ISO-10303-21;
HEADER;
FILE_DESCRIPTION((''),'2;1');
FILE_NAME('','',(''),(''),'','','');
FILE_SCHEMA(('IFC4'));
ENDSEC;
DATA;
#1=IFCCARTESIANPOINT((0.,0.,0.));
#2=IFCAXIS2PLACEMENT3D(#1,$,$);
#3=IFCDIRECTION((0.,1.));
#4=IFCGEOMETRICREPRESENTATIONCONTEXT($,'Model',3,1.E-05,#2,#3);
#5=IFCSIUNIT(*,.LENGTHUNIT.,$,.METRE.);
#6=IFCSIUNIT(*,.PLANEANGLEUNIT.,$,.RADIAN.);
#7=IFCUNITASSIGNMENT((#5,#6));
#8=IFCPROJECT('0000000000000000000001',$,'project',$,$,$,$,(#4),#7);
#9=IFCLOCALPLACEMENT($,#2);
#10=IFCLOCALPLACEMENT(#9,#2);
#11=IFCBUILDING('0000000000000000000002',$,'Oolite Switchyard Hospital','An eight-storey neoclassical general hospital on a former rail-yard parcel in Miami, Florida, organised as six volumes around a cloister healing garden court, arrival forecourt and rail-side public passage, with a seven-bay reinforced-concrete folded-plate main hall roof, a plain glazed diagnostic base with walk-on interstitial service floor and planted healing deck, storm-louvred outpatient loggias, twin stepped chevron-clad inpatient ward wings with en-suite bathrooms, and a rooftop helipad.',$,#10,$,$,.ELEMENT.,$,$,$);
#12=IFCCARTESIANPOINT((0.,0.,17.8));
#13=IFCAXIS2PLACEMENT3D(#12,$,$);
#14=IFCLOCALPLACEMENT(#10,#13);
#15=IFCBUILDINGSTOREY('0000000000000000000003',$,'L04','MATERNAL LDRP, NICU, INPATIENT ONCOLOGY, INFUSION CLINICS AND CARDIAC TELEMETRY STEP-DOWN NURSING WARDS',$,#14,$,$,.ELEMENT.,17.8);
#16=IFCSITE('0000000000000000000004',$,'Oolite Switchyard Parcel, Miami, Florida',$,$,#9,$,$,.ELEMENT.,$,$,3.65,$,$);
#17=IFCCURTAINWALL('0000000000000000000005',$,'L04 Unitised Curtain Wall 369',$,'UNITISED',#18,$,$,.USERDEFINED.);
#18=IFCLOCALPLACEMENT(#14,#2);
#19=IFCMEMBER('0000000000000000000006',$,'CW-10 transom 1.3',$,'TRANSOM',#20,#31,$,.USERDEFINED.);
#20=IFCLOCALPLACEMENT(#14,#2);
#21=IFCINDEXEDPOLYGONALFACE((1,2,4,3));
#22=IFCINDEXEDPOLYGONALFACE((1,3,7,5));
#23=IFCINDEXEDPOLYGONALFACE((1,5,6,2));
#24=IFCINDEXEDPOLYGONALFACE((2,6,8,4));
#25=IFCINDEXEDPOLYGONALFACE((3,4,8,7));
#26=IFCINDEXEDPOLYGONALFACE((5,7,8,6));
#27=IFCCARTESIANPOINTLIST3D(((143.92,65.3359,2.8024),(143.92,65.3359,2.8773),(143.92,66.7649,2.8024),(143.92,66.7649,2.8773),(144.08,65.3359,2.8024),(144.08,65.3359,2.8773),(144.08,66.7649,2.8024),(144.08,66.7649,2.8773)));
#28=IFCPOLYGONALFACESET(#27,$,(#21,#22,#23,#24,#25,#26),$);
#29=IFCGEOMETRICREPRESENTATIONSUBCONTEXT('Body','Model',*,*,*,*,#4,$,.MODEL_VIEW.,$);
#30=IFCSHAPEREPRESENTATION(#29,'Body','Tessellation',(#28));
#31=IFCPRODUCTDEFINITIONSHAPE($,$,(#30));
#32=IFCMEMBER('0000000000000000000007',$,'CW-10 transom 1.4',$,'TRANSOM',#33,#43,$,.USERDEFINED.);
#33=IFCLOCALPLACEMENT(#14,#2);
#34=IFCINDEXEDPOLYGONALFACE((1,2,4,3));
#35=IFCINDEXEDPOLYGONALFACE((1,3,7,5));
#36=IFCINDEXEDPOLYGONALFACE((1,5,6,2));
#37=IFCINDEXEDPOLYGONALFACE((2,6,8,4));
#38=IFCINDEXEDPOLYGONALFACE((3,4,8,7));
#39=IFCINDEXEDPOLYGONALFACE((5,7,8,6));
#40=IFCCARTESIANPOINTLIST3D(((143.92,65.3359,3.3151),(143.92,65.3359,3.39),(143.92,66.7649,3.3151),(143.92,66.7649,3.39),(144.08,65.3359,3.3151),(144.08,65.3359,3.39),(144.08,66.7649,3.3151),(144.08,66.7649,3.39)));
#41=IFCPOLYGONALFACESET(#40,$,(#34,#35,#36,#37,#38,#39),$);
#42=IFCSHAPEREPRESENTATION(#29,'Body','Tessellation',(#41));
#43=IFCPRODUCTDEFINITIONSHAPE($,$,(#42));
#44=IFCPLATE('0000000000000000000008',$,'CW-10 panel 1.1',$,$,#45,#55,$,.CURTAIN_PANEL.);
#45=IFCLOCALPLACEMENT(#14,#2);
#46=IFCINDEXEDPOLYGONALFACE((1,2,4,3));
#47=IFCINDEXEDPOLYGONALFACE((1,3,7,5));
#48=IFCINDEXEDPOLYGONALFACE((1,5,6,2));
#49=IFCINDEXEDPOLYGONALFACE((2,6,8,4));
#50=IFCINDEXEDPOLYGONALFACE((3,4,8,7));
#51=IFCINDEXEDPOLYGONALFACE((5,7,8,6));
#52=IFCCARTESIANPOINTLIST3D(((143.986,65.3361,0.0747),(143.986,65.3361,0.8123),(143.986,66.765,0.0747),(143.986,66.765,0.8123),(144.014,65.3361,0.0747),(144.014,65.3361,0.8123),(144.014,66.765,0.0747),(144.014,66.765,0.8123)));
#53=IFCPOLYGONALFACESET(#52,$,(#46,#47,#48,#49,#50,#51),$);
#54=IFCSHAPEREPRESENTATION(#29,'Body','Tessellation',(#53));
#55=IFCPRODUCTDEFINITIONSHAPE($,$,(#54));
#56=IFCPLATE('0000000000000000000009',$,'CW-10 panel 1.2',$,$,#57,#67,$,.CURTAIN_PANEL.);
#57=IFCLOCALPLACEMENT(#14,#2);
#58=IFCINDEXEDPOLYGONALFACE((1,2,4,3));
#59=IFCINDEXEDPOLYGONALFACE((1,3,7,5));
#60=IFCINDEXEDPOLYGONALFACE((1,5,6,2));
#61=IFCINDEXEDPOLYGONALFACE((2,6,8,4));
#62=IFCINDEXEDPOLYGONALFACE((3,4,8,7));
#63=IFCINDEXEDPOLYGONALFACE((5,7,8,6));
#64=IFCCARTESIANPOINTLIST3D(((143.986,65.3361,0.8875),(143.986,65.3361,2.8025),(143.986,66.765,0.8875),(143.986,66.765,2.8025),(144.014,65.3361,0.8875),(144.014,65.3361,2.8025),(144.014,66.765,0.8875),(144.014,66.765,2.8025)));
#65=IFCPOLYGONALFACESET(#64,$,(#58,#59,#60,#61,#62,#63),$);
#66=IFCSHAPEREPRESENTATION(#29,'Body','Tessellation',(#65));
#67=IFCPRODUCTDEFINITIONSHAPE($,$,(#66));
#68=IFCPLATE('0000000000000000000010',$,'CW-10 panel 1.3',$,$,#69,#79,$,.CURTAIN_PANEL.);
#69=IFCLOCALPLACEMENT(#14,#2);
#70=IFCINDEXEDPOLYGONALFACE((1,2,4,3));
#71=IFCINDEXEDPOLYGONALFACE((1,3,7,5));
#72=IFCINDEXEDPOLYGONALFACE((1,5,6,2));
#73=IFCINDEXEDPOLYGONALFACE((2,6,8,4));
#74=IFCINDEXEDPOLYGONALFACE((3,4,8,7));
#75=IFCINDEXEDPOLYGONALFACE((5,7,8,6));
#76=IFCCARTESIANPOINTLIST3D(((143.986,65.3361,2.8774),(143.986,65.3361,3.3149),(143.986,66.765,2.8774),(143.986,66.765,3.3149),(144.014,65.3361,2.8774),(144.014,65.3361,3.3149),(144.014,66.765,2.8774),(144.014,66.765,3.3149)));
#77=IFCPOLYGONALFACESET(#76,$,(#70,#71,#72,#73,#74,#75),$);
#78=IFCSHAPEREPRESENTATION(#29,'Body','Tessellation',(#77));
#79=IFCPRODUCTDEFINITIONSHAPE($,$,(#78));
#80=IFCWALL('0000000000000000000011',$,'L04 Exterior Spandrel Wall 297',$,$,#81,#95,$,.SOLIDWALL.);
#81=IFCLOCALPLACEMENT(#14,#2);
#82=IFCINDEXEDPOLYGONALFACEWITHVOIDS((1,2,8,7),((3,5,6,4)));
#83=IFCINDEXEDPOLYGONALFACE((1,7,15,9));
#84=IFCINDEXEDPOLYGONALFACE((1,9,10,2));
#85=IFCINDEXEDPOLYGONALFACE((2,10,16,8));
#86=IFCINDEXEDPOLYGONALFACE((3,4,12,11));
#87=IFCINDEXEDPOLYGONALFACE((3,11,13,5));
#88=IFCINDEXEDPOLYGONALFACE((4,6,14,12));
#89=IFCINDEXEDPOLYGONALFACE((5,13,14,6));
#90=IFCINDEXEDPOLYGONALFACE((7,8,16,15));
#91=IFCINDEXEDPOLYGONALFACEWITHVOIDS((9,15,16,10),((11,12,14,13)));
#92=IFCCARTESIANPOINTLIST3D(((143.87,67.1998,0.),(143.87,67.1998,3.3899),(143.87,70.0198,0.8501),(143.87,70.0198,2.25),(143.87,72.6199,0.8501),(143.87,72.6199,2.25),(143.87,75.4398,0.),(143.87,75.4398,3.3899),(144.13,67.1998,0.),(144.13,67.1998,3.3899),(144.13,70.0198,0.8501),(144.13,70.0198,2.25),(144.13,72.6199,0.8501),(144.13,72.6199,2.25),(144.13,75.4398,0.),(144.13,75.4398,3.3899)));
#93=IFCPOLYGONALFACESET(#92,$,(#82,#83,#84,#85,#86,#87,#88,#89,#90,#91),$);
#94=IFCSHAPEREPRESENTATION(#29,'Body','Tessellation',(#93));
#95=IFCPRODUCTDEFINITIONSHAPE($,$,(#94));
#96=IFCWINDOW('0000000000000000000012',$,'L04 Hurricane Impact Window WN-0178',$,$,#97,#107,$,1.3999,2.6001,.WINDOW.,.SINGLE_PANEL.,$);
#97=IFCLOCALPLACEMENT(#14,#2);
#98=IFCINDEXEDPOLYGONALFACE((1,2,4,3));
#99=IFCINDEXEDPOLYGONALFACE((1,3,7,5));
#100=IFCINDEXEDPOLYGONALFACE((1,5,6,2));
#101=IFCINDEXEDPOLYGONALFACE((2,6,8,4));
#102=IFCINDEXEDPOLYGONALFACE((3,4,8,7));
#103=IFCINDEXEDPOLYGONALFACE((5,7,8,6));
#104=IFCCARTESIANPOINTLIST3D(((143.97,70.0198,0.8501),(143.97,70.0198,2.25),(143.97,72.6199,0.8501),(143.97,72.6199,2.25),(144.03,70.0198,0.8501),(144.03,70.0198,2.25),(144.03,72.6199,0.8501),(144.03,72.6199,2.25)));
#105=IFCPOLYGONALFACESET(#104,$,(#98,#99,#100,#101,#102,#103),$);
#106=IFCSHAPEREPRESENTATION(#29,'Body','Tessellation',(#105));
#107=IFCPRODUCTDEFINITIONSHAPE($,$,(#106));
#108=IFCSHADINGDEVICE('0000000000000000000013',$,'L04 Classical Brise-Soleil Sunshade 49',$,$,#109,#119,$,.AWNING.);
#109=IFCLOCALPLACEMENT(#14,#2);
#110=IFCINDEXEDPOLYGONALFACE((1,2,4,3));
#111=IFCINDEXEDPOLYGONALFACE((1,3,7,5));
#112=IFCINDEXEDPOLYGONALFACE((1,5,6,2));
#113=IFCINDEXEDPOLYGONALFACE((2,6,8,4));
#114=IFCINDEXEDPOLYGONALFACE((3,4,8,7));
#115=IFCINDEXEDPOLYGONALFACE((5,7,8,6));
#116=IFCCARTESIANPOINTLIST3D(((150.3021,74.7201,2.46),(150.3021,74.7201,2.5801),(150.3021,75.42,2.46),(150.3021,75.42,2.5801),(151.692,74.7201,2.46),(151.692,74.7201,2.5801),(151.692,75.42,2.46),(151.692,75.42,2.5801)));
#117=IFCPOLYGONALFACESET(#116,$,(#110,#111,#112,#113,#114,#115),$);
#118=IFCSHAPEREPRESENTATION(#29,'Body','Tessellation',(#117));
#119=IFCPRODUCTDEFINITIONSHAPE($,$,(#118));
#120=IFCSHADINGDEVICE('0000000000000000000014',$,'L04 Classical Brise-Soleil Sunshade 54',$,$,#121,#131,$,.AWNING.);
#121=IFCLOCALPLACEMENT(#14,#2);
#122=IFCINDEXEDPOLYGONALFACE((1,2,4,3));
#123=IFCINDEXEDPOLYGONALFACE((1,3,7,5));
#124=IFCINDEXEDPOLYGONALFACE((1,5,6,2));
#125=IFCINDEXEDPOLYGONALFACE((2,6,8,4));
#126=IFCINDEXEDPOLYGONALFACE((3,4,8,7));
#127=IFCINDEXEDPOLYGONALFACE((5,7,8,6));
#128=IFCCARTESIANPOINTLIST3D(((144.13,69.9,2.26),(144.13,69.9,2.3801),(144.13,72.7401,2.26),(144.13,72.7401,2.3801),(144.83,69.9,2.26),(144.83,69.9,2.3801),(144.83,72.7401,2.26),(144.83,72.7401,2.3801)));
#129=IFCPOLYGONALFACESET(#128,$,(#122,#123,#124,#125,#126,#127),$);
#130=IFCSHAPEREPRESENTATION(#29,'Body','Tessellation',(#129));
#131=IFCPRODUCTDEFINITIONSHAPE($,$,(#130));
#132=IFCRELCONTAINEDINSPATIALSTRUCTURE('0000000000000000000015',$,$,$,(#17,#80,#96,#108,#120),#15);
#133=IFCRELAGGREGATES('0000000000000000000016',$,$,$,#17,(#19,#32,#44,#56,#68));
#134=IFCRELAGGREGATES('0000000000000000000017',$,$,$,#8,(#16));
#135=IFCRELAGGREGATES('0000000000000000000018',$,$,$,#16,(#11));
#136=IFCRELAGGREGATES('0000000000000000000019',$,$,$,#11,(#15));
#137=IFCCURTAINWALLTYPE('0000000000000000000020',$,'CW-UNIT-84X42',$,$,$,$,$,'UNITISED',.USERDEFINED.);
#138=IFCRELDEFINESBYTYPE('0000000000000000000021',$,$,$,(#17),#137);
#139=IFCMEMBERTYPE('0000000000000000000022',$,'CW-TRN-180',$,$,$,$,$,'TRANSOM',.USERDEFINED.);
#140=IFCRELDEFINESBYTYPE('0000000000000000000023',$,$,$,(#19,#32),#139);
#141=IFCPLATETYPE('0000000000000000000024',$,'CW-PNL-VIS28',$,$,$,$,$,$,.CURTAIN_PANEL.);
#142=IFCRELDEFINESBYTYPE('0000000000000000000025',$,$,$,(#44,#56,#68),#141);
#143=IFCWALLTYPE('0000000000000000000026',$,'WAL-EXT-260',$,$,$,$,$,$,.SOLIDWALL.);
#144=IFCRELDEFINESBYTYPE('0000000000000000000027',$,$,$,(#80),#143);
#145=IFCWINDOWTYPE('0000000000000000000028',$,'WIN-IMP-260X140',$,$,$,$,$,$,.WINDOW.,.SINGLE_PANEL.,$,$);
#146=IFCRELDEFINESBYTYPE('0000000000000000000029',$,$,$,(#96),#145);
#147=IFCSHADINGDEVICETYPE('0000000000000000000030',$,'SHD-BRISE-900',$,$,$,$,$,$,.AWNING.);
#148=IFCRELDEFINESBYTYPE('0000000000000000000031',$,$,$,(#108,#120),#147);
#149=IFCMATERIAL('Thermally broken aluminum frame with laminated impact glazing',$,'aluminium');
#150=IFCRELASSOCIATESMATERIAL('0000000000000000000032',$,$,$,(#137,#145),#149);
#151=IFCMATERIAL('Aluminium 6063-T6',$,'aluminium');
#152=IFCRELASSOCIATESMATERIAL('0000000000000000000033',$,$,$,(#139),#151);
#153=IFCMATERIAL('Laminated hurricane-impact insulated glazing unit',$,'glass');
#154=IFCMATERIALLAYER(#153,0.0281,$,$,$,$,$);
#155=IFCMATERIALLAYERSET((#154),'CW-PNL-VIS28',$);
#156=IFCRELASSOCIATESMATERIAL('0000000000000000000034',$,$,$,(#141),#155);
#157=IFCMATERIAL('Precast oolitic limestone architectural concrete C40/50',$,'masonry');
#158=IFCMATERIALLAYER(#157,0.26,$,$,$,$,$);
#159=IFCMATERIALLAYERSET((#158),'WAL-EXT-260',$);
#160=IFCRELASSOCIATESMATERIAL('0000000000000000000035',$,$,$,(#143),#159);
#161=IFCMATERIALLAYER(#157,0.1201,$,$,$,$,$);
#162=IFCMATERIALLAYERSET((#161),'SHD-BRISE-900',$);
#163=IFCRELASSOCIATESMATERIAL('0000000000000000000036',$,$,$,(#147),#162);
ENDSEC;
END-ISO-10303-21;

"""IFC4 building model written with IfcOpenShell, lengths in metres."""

from ifc_helpers import new_model, si_unit, direction, frame, frame_2d, origin, origin_2d, place, context, subcontext, project, spatial, rectangle, extrude, material, layer, layer_set, material_profile, profile_set, type_object, element, fill, aggregate, save


model = new_model("IFC4")

# Units and contexts
model_context = context("Model", 3, precision=1e-05, world=origin(), true_north=direction((0.0, 1.0)))
body_context = subcontext(model_context, "Body", "Model", "MODEL_VIEW")
ifc_project = project(units=[si_unit("LENGTHUNIT", "METRE"), si_unit("PLANEANGLEUNIT", "RADIAN")], contexts=[model_context])

# Site, building, storey
site_placement = place(None, origin())
site = spatial("IfcSite", under=ifc_project, at=site_placement, Name="Oolite Switchyard Parcel, Miami, Florida", CompositionType="ELEMENT", RefElevation=3.65)
building_placement = place(site_placement, origin())
building = spatial("IfcBuilding", under=site, at=building_placement, Name="Oolite Switchyard Hospital", Description="An eight-storey neoclassical general hospital on a former rail-yard parcel in Miami, Florida, organised as six volumes around a cloister healing garden court, arrival forecourt and rail-side public passage, with a seven-bay reinforced-concrete folded-plate main hall roof, a plain glazed diagnostic base with walk-on interstitial service floor and planted healing deck, storm-louvred outpatient loggias, twin stepped chevron-clad inpatient ward wings with en-suite bathrooms, and a rooftop helipad.", CompositionType="ELEMENT")
storey_placement = place(building_placement, frame((0.0, 0.0, 17.8)))
storey = spatial("IfcBuildingStorey", under=building, at=storey_placement, Name="L04", Description="MATERNAL LDRP, NICU, INPATIENT ONCOLOGY, INFUSION CLINICS AND CARDIAC TELEMETRY STEP-DOWN NURSING WARDS", CompositionType="ELEMENT", Elevation=17.8)

# Curtain wall, members, plates
ifc_material_1 = material(Name="Thermally broken aluminum frame with laminated impact glazing", Category="aluminium")
curtain_wall_type = type_object("IfcCurtainWallType", Name="CW-UNIT-84X42", ElementType="UNITISED", PredefinedType="USERDEFINED", material=ifc_material_1)
curtain_wall_placement = place(storey_placement, origin())
curtain_wall = element("IfcCurtainWall", 1, at=curtain_wall_placement, inside=storey, type_object=curtain_wall_type, Name="L04 Unitised Curtain Wall 369", ObjectType="UNITISED", PredefinedType="USERDEFINED")
ifc_material_2 = material(Name="Aluminium 6063-T6", Category="aluminium")
ifc_material_profile_1 = material_profile(ifc_material_2, rectangle(XDim=0.1599, YDim=0.075, at=origin_2d()), Name="CWT75X160")
ifc_profile_set_1 = profile_set([ifc_material_profile_1], Name="Aluminium 6063-T6")
member_type_1 = type_object("IfcMemberType", Name="CW-TRN-180", ElementType="TRANSOM", PredefinedType="USERDEFINED", material=ifc_profile_set_1)
member_1_placement = place(storey_placement, frame((144.0, 66.7649, 2.8398), z_axis=(0.0, -1.0, 0.0), x_axis=(1.0, 0.0, 0.0)))
member_1 = element("IfcMember", 2, at=member_1_placement, type_object=member_type_1, Name="CW-10 transom 1.3", ObjectType="TRANSOM", PredefinedType="USERDEFINED", context=body_context, shape_type="SweptSolid", body=[
    extrude(rectangle(XDim=0.1599, YDim=0.075, at=origin_2d()), origin(), (0.0, 0.0, 1.0), 1.429),
])
member_2_placement = place(storey_placement, frame((144.0, 66.7649, 3.3525), z_axis=(0.0, -1.0, 0.0), x_axis=(1.0, 0.0, 0.0)))
member_2 = element("IfcMember", 3, at=member_2_placement, type_object=member_type_1, Name="CW-10 transom 1.4", ObjectType="TRANSOM", PredefinedType="USERDEFINED", context=body_context, shape_type="SweptSolid", body=[
    extrude(rectangle(XDim=0.1599, YDim=0.075, at=origin_2d()), origin(), (0.0, 0.0, 1.0), 1.429),
])
ifc_material_3 = material(Name="Laminated hurricane-impact insulated glazing unit", Category="glass")
ifc_layer_1 = layer(ifc_material_3, 0.0281)
ifc_layer_set_1 = layer_set([ifc_layer_1], Name="CW-PNL-VIS28")
plate_type = type_object("IfcPlateType", Name="CW-PNL-VIS28", PredefinedType="CURTAIN_PANEL", material=ifc_layer_set_1)
plate_1_placement = place(storey_placement, frame((144.0, 66.0505, 0.0747), z_axis=(0.0, 0.0, 1.0), x_axis=(0.0, -1.0, 0.0)))
plate_1 = element("IfcPlate", 4, at=plate_1_placement, type_object=plate_type, Name="CW-10 panel 1.1", PredefinedType="CURTAIN_PANEL", context=body_context, shape_type="SweptSolid", body=[
    extrude(rectangle(XDim=1.429, YDim=0.0281, at=origin_2d()), origin(), (0.0, 0.0, 1.0), 0.7375),
])
plate_2_placement = place(storey_placement, frame((144.0, 66.0505, 0.8875), z_axis=(0.0, 0.0, 1.0), x_axis=(0.0, -1.0, 0.0)))
plate_2 = element("IfcPlate", 5, at=plate_2_placement, type_object=plate_type, Name="CW-10 panel 1.2", PredefinedType="CURTAIN_PANEL", context=body_context, shape_type="SweptSolid", body=[
    extrude(rectangle(XDim=1.429, YDim=0.0281, at=origin_2d()), origin(), (0.0, 0.0, 1.0), 1.915),
])
plate_3_placement = place(storey_placement, frame((144.0, 66.0505, 2.8774), z_axis=(0.0, 0.0, 1.0), x_axis=(0.0, -1.0, 0.0)))
plate_3 = element("IfcPlate", 6, at=plate_3_placement, type_object=plate_type, Name="CW-10 panel 1.3", PredefinedType="CURTAIN_PANEL", context=body_context, shape_type="SweptSolid", body=[
    extrude(rectangle(XDim=1.429, YDim=0.0281, at=origin_2d()), origin(), (0.0, 0.0, 1.0), 0.4375),
])
aggregate(curtain_wall, [member_1, member_2, plate_1, plate_2, plate_3])

# Wall, opening, window
ifc_material_4 = material(Name="Precast oolitic limestone architectural concrete C40/50", Category="masonry")
ifc_layer_2 = layer(ifc_material_4, 0.26)
ifc_layer_set_2 = layer_set([ifc_layer_2], Name="WAL-EXT-260")
wall_type = type_object("IfcWallType", Name="WAL-EXT-260", PredefinedType="SOLIDWALL", material=ifc_layer_set_2)
wall_placement = place(storey_placement, frame((144.0, 75.4399, 0.0), z_axis=(0.0, 0.0, 1.0), x_axis=(0.0, -1.0, 0.0)))
wall = element("IfcWall", 7, at=wall_placement, inside=storey, type_object=wall_type, Name="L04 Exterior Spandrel Wall 297", PredefinedType="SOLIDWALL", context=body_context, shape_type="SweptSolid", body=[
    extrude(rectangle(XDim=8.24, YDim=0.26, at=frame_2d((4.1201, 0.0))), origin(), (0.0, 0.0, 1.0), 3.3899),
])
opening_placement = place(wall_placement, frame((2.8201, 0.0, 0.8501)))
opening = element("IfcOpeningElement", 8, at=opening_placement, cuts=wall, PredefinedType="OPENING", context=body_context, shape_type="SweptSolid", body=[
    extrude(rectangle(XDim=2.6001, YDim=1.3999, at=frame_2d((1.3, 0.7))), frame((0.0, 0.1401, 0.0), z_axis=(0.0, -1.0, 0.0), x_axis=(1.0, 0.0, 0.0)), (0.0, 0.0, 1.0), 0.28),
])
window_type = type_object("IfcWindowType", Name="WIN-IMP-260X140", PartitioningType="SINGLE_PANEL", PredefinedType="WINDOW", material=ifc_material_1)
window_placement = place(opening_placement, origin())
window = element("IfcWindow", 9, at=window_placement, inside=storey, type_object=window_type, Name="L04 Hurricane Impact Window WN-0178", OverallHeight=1.3999, OverallWidth=2.6001, PartitioningType="SINGLE_PANEL", PredefinedType="WINDOW", context=body_context, shape_type="SweptSolid", body=[
    extrude(rectangle(XDim=2.6001, YDim=1.3999, at=frame_2d((1.3, 0.7))), frame((0.0, 0.03, 0.0), z_axis=(0.0, -1.0, 0.0), x_axis=(1.0, 0.0, 0.0)), (0.0, 0.0, 1.0), 0.0601),
])
fill(opening, window)

# Shading devices
ifc_layer_3 = layer(ifc_material_4, 0.1201)
ifc_layer_set_3 = layer_set([ifc_layer_3], Name="SHD-BRISE-900")
shading_device_type = type_object("IfcShadingDeviceType", Name="SHD-BRISE-900", PredefinedType="AWNING", material=ifc_layer_set_3)
shading_device_1_placement = place(storey_placement, frame((150.9971, 75.0701, 2.46), z_axis=(0.0, 0.0, 1.0), x_axis=(1.0, 0.0, 0.0)))
element("IfcShadingDevice", 10, at=shading_device_1_placement, inside=storey, type_object=shading_device_type, Name="L04 Classical Brise-Soleil Sunshade 49", PredefinedType="AWNING", context=body_context, shape_type="SweptSolid", body=[
    extrude(rectangle(XDim=1.3899, YDim=0.7, at=origin_2d()), origin(), (0.0, 0.0, 1.0), 0.1201),
])
shading_device_2_placement = place(storey_placement, frame((144.48, 71.3201, 2.26), z_axis=(0.0, 0.0, 1.0), x_axis=(0.0, 1.0, 0.0)))
element("IfcShadingDevice", 11, at=shading_device_2_placement, inside=storey, type_object=shading_device_type, Name="L04 Classical Brise-Soleil Sunshade 54", PredefinedType="AWNING", context=body_context, shape_type="SweptSolid", body=[
    extrude(rectangle(XDim=2.8401, YDim=0.7, at=origin_2d()), origin(), (0.0, 0.0, 1.0), 0.1201),
])

save(model, "model.ifc")
